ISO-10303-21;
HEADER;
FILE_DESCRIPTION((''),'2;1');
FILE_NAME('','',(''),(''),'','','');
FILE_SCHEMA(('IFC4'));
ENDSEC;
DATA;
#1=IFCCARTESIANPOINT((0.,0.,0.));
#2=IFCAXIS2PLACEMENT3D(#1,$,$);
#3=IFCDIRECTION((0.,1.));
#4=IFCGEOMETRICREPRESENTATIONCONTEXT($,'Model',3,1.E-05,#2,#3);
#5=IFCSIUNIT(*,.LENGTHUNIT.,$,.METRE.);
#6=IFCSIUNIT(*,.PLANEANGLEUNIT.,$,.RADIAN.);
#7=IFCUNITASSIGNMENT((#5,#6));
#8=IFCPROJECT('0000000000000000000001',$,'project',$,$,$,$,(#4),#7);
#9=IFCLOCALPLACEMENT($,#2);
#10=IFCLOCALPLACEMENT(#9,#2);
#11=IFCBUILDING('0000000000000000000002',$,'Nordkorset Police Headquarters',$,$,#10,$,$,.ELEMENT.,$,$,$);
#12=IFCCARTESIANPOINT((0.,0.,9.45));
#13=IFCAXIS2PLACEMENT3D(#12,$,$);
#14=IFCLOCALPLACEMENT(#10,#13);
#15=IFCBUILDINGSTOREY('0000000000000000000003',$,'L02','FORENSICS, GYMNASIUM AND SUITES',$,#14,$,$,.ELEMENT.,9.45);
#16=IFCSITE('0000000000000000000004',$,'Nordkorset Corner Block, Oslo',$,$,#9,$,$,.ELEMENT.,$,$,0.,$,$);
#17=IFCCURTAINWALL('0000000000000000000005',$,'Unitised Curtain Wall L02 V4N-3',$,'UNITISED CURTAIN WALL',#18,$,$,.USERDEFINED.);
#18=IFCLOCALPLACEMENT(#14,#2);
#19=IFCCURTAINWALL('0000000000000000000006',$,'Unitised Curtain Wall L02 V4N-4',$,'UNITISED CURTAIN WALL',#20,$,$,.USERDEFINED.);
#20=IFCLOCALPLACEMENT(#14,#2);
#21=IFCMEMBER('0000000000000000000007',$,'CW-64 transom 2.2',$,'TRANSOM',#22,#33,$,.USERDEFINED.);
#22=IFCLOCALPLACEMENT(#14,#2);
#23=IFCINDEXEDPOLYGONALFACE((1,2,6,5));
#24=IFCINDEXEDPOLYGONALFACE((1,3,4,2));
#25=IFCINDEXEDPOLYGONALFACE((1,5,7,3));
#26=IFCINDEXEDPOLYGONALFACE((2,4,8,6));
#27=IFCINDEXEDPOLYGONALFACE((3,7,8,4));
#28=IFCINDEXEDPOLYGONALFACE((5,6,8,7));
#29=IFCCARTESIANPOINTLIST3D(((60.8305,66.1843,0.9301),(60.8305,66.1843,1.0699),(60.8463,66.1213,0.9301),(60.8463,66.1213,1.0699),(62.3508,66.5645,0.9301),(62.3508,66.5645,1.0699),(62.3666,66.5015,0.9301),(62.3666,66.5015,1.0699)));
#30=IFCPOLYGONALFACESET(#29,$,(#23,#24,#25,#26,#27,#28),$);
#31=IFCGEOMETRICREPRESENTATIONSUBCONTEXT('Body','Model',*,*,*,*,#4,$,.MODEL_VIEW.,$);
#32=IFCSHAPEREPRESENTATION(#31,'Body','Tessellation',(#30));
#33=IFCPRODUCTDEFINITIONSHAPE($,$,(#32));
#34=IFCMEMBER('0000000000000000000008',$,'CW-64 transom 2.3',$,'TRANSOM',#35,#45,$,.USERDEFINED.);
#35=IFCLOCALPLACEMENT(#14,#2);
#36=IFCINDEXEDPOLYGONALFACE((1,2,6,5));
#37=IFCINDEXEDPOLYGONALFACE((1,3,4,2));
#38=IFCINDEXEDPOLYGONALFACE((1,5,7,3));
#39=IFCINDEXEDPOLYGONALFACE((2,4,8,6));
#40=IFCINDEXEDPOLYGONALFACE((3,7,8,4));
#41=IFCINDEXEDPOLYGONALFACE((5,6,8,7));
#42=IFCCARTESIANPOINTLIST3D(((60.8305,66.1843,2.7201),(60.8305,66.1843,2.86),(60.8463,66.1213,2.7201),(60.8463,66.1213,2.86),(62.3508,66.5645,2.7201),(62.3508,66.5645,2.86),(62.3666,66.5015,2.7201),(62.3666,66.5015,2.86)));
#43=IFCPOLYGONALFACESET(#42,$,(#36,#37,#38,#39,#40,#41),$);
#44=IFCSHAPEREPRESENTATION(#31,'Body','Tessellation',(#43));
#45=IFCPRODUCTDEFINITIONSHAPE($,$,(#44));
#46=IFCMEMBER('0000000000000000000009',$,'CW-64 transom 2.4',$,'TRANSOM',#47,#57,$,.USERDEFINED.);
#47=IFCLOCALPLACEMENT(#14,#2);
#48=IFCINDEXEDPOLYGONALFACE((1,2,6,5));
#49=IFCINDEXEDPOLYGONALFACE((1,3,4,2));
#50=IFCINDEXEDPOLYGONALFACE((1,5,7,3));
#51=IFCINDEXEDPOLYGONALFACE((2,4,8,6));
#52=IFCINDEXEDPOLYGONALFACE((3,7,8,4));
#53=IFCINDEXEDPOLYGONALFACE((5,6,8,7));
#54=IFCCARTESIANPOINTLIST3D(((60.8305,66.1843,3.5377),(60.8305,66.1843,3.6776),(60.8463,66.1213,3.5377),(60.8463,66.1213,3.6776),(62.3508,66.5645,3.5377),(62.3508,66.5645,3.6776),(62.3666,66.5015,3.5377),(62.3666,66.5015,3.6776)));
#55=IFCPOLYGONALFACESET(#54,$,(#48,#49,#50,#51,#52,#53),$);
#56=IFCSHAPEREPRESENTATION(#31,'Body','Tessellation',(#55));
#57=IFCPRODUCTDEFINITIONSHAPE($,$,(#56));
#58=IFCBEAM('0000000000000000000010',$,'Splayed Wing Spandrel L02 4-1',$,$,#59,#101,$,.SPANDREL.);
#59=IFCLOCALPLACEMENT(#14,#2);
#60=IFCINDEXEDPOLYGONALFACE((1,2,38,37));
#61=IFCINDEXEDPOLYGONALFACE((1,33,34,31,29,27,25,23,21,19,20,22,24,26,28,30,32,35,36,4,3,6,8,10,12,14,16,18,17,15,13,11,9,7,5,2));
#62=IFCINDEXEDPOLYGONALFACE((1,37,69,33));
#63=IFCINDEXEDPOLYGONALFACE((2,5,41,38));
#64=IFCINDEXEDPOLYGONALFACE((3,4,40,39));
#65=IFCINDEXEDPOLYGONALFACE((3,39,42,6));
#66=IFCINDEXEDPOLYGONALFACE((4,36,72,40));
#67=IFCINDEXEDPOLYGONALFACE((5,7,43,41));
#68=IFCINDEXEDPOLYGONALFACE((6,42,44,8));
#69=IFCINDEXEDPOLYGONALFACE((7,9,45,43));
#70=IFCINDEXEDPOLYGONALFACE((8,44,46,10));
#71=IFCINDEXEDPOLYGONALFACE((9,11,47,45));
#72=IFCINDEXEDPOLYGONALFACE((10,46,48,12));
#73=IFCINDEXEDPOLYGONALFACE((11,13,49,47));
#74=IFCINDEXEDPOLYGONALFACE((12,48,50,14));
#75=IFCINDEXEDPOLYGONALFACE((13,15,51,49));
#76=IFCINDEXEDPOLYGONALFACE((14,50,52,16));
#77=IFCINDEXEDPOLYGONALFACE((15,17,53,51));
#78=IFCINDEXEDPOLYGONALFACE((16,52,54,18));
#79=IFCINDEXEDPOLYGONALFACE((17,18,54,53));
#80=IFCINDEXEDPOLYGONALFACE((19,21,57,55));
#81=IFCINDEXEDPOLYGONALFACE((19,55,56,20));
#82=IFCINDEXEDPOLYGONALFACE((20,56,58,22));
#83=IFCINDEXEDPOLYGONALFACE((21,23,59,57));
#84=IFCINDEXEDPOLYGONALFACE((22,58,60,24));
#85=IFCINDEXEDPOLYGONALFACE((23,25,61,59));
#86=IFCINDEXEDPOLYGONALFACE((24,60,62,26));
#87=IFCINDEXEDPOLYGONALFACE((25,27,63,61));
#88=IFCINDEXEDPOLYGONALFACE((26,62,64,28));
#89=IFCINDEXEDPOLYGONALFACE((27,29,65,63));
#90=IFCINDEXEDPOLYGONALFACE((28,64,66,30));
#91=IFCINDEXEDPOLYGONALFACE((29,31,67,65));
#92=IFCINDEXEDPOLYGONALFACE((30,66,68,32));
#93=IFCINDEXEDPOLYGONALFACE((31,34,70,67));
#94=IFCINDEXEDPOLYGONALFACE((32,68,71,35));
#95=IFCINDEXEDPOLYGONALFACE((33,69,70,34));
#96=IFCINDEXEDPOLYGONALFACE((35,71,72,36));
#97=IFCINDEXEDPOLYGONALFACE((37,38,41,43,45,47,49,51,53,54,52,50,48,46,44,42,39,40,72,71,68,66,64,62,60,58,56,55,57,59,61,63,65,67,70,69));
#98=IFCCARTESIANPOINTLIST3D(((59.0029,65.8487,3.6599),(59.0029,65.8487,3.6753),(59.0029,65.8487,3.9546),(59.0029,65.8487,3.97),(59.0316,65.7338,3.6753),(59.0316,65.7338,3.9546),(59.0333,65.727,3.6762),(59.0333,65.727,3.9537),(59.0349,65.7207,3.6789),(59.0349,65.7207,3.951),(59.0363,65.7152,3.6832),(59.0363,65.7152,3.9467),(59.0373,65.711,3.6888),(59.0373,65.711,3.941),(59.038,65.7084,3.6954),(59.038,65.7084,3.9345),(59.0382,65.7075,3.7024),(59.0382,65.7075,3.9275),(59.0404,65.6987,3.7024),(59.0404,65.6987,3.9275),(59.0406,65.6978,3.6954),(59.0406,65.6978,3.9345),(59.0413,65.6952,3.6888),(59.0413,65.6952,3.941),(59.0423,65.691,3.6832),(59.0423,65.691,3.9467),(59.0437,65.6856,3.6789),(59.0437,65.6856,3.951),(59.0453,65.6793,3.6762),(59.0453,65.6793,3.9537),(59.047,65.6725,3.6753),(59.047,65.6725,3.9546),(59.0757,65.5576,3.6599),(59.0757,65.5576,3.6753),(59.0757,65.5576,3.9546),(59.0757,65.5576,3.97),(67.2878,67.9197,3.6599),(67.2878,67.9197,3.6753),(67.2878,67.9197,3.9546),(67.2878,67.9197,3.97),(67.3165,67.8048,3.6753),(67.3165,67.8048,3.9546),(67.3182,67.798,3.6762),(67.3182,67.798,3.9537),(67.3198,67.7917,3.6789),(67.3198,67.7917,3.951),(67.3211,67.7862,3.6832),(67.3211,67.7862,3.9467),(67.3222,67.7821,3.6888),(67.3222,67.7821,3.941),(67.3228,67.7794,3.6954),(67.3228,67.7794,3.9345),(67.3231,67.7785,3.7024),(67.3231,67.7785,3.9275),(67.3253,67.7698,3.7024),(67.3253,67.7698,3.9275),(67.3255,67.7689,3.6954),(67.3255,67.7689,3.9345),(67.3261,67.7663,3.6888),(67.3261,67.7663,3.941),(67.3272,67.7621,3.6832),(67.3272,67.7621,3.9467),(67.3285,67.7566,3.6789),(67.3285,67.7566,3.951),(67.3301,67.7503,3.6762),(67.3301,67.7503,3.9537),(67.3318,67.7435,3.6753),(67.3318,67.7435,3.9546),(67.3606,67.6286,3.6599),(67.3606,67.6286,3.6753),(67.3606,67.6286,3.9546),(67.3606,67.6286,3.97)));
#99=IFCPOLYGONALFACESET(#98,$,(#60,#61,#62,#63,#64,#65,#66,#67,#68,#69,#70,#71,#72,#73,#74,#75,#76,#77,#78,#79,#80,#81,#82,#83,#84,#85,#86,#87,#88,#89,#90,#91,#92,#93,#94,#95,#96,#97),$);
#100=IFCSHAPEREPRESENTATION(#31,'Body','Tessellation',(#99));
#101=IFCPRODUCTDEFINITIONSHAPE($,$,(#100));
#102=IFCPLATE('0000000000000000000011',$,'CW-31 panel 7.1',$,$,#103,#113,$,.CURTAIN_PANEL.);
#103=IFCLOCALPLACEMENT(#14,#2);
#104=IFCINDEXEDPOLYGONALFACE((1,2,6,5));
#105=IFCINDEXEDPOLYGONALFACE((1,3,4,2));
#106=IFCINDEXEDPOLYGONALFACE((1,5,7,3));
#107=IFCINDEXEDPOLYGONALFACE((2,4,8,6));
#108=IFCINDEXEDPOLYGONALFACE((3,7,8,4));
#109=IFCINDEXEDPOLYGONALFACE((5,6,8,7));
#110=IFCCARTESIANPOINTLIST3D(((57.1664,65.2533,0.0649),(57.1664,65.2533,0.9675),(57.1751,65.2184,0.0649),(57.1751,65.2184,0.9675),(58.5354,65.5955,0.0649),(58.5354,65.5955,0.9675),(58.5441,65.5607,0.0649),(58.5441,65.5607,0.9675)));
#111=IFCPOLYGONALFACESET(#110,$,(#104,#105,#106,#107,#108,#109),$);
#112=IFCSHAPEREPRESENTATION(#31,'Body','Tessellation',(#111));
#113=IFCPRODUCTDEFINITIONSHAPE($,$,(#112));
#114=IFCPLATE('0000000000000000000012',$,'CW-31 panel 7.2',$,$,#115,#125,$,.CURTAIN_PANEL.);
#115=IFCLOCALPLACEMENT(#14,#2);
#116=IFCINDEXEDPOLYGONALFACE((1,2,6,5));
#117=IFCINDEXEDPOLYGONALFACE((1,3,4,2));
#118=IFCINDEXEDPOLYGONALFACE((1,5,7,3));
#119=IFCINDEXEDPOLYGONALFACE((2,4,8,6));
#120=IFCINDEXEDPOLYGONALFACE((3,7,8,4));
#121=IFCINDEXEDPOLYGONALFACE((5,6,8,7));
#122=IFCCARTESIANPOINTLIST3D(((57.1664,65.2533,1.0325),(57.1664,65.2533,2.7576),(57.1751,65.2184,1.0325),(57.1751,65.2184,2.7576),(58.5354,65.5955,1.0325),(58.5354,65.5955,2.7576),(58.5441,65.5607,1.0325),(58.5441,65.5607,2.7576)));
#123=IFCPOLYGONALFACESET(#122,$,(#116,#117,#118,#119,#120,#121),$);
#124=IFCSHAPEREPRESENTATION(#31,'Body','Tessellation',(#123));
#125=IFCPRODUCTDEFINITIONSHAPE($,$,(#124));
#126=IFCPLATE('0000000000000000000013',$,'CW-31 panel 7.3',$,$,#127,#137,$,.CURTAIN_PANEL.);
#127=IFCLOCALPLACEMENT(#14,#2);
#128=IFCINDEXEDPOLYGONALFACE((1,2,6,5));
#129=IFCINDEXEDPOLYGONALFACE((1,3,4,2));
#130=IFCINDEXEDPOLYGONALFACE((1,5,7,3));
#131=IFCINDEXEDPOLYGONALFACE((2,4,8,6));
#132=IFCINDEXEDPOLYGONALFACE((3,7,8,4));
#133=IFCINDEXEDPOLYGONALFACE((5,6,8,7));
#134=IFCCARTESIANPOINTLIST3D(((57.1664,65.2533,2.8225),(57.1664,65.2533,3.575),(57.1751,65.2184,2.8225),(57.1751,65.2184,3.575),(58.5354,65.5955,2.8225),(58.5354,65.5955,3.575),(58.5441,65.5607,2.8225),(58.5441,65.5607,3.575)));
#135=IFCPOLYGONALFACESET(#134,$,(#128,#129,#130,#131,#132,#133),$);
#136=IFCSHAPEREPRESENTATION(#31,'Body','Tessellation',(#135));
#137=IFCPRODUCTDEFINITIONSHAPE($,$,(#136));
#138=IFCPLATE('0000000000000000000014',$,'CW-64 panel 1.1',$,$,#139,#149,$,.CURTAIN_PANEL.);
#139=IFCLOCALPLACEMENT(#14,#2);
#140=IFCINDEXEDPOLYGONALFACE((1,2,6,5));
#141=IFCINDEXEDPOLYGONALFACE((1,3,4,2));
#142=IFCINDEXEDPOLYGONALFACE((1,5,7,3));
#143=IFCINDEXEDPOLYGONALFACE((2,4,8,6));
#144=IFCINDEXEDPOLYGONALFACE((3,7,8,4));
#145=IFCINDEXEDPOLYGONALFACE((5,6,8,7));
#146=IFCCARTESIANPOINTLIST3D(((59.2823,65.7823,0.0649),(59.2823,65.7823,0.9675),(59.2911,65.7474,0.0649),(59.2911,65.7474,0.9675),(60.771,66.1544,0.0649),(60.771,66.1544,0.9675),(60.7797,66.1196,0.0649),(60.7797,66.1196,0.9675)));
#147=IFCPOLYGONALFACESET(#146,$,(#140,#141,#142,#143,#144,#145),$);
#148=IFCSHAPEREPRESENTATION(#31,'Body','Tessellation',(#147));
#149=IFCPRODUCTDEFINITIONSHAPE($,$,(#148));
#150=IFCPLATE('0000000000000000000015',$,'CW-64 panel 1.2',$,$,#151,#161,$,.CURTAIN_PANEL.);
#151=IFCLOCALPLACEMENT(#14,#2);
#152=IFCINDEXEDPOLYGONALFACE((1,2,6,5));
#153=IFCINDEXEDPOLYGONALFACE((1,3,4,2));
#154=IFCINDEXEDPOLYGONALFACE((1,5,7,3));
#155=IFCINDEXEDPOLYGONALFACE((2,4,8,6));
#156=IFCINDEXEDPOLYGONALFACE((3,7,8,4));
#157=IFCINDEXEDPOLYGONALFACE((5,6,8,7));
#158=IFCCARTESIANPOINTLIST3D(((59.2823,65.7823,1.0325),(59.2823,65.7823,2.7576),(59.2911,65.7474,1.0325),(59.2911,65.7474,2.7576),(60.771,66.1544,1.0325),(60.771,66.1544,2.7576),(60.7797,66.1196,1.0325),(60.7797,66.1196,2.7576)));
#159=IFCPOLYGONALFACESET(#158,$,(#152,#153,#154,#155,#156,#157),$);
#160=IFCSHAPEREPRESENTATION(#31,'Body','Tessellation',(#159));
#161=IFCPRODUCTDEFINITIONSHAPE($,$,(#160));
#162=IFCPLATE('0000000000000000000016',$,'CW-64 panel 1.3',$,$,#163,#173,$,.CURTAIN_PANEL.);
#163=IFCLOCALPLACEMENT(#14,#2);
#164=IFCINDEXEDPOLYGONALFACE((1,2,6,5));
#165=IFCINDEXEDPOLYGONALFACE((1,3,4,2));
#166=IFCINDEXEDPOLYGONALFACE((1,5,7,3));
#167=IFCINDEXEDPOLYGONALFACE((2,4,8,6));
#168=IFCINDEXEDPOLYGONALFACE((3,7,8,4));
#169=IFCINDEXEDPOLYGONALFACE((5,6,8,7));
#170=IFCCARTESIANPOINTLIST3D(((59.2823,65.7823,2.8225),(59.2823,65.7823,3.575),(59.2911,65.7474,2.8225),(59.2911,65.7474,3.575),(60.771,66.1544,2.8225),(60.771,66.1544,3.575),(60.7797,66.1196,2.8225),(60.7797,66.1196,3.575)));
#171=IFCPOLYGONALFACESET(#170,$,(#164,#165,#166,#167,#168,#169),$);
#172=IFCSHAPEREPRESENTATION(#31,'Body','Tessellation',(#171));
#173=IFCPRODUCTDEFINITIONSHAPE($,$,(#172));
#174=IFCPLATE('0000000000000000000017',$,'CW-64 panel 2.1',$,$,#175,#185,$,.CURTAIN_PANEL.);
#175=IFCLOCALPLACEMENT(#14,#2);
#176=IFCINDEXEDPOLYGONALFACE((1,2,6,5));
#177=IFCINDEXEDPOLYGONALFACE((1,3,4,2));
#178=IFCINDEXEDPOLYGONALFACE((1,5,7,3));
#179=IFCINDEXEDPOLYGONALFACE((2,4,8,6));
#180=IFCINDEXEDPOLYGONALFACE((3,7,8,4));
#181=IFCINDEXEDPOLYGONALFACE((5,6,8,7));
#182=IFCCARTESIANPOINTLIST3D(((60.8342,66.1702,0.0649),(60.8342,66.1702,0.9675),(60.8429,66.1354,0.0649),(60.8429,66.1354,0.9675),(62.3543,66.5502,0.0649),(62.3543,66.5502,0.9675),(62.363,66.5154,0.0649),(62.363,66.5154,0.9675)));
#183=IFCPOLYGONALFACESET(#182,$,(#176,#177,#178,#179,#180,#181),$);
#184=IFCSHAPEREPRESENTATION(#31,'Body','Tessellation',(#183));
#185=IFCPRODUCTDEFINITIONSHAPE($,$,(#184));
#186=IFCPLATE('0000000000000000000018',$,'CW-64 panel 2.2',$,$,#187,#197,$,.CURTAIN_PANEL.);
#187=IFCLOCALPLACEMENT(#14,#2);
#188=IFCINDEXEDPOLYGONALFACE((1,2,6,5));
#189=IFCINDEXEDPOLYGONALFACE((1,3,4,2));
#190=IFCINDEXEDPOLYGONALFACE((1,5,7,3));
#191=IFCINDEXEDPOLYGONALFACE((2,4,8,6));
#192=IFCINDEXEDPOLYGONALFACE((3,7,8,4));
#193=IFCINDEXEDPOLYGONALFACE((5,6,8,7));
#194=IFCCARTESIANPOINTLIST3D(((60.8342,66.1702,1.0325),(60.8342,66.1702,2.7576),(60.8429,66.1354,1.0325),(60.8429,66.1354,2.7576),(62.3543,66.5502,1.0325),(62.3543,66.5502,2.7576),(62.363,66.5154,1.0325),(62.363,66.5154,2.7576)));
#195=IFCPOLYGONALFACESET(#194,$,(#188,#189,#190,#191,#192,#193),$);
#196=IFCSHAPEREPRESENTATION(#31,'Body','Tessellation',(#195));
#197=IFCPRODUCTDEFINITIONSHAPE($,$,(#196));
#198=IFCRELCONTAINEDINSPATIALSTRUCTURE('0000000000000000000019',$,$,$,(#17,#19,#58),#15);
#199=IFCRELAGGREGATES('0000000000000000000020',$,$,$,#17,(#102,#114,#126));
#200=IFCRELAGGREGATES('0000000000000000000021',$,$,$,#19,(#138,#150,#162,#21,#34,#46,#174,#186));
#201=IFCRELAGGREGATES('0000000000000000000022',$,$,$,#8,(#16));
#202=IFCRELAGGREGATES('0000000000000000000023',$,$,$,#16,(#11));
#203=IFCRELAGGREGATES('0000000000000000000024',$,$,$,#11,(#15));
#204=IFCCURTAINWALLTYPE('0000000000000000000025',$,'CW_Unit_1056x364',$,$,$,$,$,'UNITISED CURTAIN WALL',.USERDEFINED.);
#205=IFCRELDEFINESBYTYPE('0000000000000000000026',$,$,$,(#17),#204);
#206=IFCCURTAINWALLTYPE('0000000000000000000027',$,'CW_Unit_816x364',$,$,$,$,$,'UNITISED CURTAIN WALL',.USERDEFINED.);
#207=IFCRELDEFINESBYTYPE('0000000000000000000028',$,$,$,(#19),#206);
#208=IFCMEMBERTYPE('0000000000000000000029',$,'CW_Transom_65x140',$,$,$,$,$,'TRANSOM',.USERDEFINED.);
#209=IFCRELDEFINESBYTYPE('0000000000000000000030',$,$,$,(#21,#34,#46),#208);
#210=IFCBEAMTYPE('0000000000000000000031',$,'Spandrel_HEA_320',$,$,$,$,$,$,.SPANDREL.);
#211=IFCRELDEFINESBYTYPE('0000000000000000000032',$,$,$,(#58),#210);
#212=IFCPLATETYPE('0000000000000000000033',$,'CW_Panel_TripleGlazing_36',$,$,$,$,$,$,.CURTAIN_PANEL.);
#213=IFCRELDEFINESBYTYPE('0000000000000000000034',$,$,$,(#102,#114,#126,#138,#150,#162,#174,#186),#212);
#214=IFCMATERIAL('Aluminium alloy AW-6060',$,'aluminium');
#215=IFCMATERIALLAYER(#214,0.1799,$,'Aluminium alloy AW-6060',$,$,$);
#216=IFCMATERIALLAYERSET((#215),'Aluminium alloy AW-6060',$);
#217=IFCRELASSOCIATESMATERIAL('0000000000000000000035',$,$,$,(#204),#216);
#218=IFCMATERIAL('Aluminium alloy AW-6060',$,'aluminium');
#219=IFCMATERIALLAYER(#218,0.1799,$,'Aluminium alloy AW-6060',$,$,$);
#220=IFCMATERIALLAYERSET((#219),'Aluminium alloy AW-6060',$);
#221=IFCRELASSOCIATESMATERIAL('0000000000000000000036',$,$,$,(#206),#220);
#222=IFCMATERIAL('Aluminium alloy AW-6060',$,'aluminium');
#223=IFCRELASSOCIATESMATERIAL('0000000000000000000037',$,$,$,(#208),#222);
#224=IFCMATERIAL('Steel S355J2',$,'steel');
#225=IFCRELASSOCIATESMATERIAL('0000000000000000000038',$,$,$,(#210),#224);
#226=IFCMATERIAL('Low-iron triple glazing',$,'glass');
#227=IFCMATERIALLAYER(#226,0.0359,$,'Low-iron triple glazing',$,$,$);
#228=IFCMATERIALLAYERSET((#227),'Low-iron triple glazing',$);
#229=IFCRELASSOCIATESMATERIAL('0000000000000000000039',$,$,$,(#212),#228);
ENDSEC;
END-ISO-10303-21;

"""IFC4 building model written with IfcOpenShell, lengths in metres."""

from ifc_helpers import new_model, si_unit, direction, frame, origin, origin_2d, place, context, subcontext, project, spatial, rectangle, i_section, extrude, material, layer, layer_set, material_profile, profile_set, type_object, element, aggregate, save


model = new_model("IFC4")

# Units and contexts
model_context = context("Model", 3, precision=1e-05, world=origin(), true_north=direction((0.0, 1.0)))
body_context = subcontext(model_context, "Body", "Model", "MODEL_VIEW")
ifc_project = project(units=[si_unit("LENGTHUNIT", "METRE"), si_unit("PLANEANGLEUNIT", "RADIAN")], contexts=[model_context])

# Site, building, storey
site_placement = place(None, origin())
site = spatial("IfcSite", under=ifc_project, at=site_placement, Name="Nordkorset Corner Block, Oslo", CompositionType="ELEMENT", RefElevation=0.0)
building_placement = place(site_placement, origin())
building = spatial("IfcBuilding", under=site, at=building_placement, Name="Nordkorset Police Headquarters", CompositionType="ELEMENT")
storey_placement = place(building_placement, frame((0.0, 0.0, 9.45)))
storey = spatial("IfcBuildingStorey", under=building, at=storey_placement, Name="L02", Description="FORENSICS, GYMNASIUM AND SUITES", CompositionType="ELEMENT", Elevation=9.45)

# Curtain wall
ifc_material_1 = material(Name="Aluminium alloy AW-6060", Category="aluminium")
ifc_layer_1 = layer(ifc_material_1, 0.1799, Name="Aluminium alloy AW-6060")
ifc_layer_set_1 = layer_set([ifc_layer_1], Name="Aluminium alloy AW-6060")
curtain_wall_type_1 = type_object("IfcCurtainWallType", Name="CW_Unit_1056x364", ElementType="UNITISED CURTAIN WALL", PredefinedType="USERDEFINED", material=ifc_layer_set_1)
curtain_wall_1_placement = place(storey_placement, origin())
curtain_wall_1 = element("IfcCurtainWall", 1, at=curtain_wall_1_placement, inside=storey, type_object=curtain_wall_type_1, Name="Unitised Curtain Wall L02 V4N-3", ObjectType="UNITISED CURTAIN WALL", PredefinedType="USERDEFINED")

# Curtain wall
ifc_material_2 = material(Name="Aluminium alloy AW-6060", Category="aluminium")
ifc_layer_2 = layer(ifc_material_2, 0.1799, Name="Aluminium alloy AW-6060")
ifc_layer_set_2 = layer_set([ifc_layer_2], Name="Aluminium alloy AW-6060")
curtain_wall_type_2 = type_object("IfcCurtainWallType", Name="CW_Unit_816x364", ElementType="UNITISED CURTAIN WALL", PredefinedType="USERDEFINED", material=ifc_layer_set_2)
curtain_wall_2_placement = place(storey_placement, origin())
curtain_wall_2 = element("IfcCurtainWall", 2, at=curtain_wall_2_placement, inside=storey, type_object=curtain_wall_type_2, Name="Unitised Curtain Wall L02 V4N-4", ObjectType="UNITISED CURTAIN WALL", PredefinedType="USERDEFINED")

# Members
ifc_material_3 = material(Name="Aluminium alloy AW-6060", Category="aluminium")
ifc_material_profile_1 = material_profile(ifc_material_3, rectangle(XDim=0.0649, YDim=0.1399, at=origin_2d()), Name="ALU TRAN 65x140")
ifc_profile_set_1 = profile_set([ifc_material_profile_1], Name="Aluminium alloy AW-6060")
member_type_1 = type_object("IfcMemberType", Name="CW_Transom_65x140", ElementType="TRANSOM", PredefinedType="USERDEFINED", material=ifc_profile_set_1)
member_1_placement = place(storey_placement, frame((60.8384, 66.1528, 1.0), z_axis=(0.970133, 0.242572, 0.0), x_axis=(-0.242572, 0.970133, 0.0)))
member_1 = element("IfcMember", 3, at=member_1_placement, type_object=member_type_1, Name="CW-64 transom 2.2", ObjectType="TRANSOM", PredefinedType="USERDEFINED", context=body_context, shape_type="SweptSolid", body=[
    extrude(rectangle(XDim=0.0649, YDim=0.1399, at=origin_2d()), origin(), (0.0, 0.0, 1.0), 1.5671),
])
member_2_placement = place(storey_placement, frame((60.8384, 66.1528, 2.79), z_axis=(0.970133, 0.242572, 0.0), x_axis=(-0.242572, 0.970133, 0.0)))
member_2 = element("IfcMember", 4, at=member_2_placement, type_object=member_type_1, Name="CW-64 transom 2.3", ObjectType="TRANSOM", PredefinedType="USERDEFINED", context=body_context, shape_type="SweptSolid", body=[
    extrude(rectangle(XDim=0.0649, YDim=0.1399, at=origin_2d()), origin(), (0.0, 0.0, 1.0), 1.5671),
])
member_3_placement = place(storey_placement, frame((60.8384, 66.1528, 3.6077), z_axis=(0.970133, 0.242572, 0.0), x_axis=(-0.242572, 0.970133, 0.0)))
member_3 = element("IfcMember", 5, at=member_3_placement, type_object=member_type_1, Name="CW-64 transom 2.4", ObjectType="TRANSOM", PredefinedType="USERDEFINED", context=body_context, shape_type="SweptSolid", body=[
    extrude(rectangle(XDim=0.0649, YDim=0.1399, at=origin_2d()), origin(), (0.0, 0.0, 1.0), 1.5671),
])

# Beam
ifc_material_4 = material(Name="Steel S355J2", Category="steel")
ifc_material_profile_2 = material_profile(ifc_material_4, i_section(OverallWidth=0.3, OverallDepth=0.3101, WebThickness=0.009, FlangeThickness=0.0154, FilletRadius=0.0271, at=origin_2d()), Name="HEA 320")
ifc_profile_set_2 = profile_set([ifc_material_profile_2], Name="Steel S355J2")
beam_type = type_object("IfcBeamType", Name="Spandrel_HEA_320", PredefinedType="SPANDREL", material=ifc_profile_set_2)
beam_placement = place(storey_placement, frame((59.0393, 65.7031, 3.8149), z_axis=(0.970148, 0.242515, 0.0), x_axis=(-0.242515, 0.970148, 0.0)))
element("IfcBeam", 6, at=beam_placement, inside=storey, type_object=beam_type, Name="Splayed Wing Spandrel L02 4-1", PredefinedType="SPANDREL", context=body_context, shape_type="SweptSolid", body=[
    extrude(i_section(OverallWidth=0.3, OverallDepth=0.3101, WebThickness=0.009, FlangeThickness=0.0154, FilletRadius=0.0271, at=origin_2d()), origin(), (0.0, 0.0, 1.0), 8.5398),
])

# Plates
ifc_material_5 = material(Name="Low-iron triple glazing", Category="glass")
ifc_layer_3 = layer(ifc_material_5, 0.0359, Name="Low-iron triple glazing")
ifc_layer_set_3 = layer_set([ifc_layer_3], Name="Low-iron triple glazing")
plate_type = type_object("IfcPlateType", Name="CW_Panel_TripleGlazing_36", PredefinedType="CURTAIN_PANEL", material=ifc_layer_set_3)
plate_1_placement = place(storey_placement, frame((57.8552, 65.407, 0.0649), z_axis=(0.0, 0.0, 1.0), x_axis=(0.970142, 0.242536, 0.0)))
plate_1 = element("IfcPlate", 7, at=plate_1_placement, type_object=plate_type, Name="CW-31 panel 7.1", PredefinedType="CURTAIN_PANEL", context=body_context, shape_type="SweptSolid", body=[
    extrude(rectangle(XDim=1.4111, YDim=0.0359, at=origin_2d()), origin(), (0.0, 0.0, 1.0), 0.9026),
])
plate_2_placement = place(storey_placement, frame((57.8552, 65.407, 1.0325), z_axis=(0.0, 0.0, 1.0), x_axis=(0.970142, 0.242536, 0.0)))
plate_2 = element("IfcPlate", 8, at=plate_2_placement, type_object=plate_type, Name="CW-31 panel 7.2", PredefinedType="CURTAIN_PANEL", context=body_context, shape_type="SweptSolid", body=[
    extrude(rectangle(XDim=1.4111, YDim=0.0359, at=origin_2d()), origin(), (0.0, 0.0, 1.0), 1.7251),
])
plate_3_placement = place(storey_placement, frame((57.8552, 65.407, 2.8225), z_axis=(0.0, 0.0, 1.0), x_axis=(0.970142, 0.242536, 0.0)))
plate_3 = element("IfcPlate", 9, at=plate_3_placement, type_object=plate_type, Name="CW-31 panel 7.3", PredefinedType="CURTAIN_PANEL", context=body_context, shape_type="SweptSolid", body=[
    extrude(rectangle(XDim=1.4111, YDim=0.0359, at=origin_2d()), origin(), (0.0, 0.0, 1.0), 0.7524),
])
aggregate(curtain_wall_1, [plate_1, plate_2, plate_3])
plate_4_placement = place(storey_placement, frame((60.031, 65.9509, 0.0649), z_axis=(0.0, 0.0, 1.0), x_axis=(0.970143, 0.242535, 0.0)))
plate_4 = element("IfcPlate", 10, at=plate_4_placement, type_object=plate_type, Name="CW-64 panel 1.1", PredefinedType="CURTAIN_PANEL", context=body_context, shape_type="SweptSolid", body=[
    extrude(rectangle(XDim=1.5344, YDim=0.0359, at=origin_2d()), origin(), (0.0, 0.0, 1.0), 0.9026),
])
plate_5_placement = place(storey_placement, frame((60.031, 65.9509, 1.0325), z_axis=(0.0, 0.0, 1.0), x_axis=(0.970143, 0.242535, 0.0)))
plate_5 = element("IfcPlate", 11, at=plate_5_placement, type_object=plate_type, Name="CW-64 panel 1.2", PredefinedType="CURTAIN_PANEL", context=body_context, shape_type="SweptSolid", body=[
    extrude(rectangle(XDim=1.5344, YDim=0.0359, at=origin_2d()), origin(), (0.0, 0.0, 1.0), 1.7251),
])
plate_6_placement = place(storey_placement, frame((60.031, 65.9509, 2.8225), z_axis=(0.0, 0.0, 1.0), x_axis=(0.970143, 0.242535, 0.0)))
plate_6 = element("IfcPlate", 12, at=plate_6_placement, type_object=plate_type, Name="CW-64 panel 1.3", PredefinedType="CURTAIN_PANEL", context=body_context, shape_type="SweptSolid", body=[
    extrude(rectangle(XDim=1.5344, YDim=0.0359, at=origin_2d()), origin(), (0.0, 0.0, 1.0), 0.7524),
])
plate_7_placement = place(storey_placement, frame((61.5986, 66.3428, 0.0649), z_axis=(0.0, 0.0, 1.0), x_axis=(0.970143, 0.242535, 0.0)))
plate_7 = element("IfcPlate", 13, at=plate_7_placement, type_object=plate_type, Name="CW-64 panel 2.1", PredefinedType="CURTAIN_PANEL", context=body_context, shape_type="SweptSolid", body=[
    extrude(rectangle(XDim=1.5669, YDim=0.0359, at=origin_2d()), origin(), (0.0, 0.0, 1.0), 0.9026),
])
plate_8_placement = place(storey_placement, frame((61.5986, 66.3428, 1.0325), z_axis=(0.0, 0.0, 1.0), x_axis=(0.970143, 0.242535, 0.0)))
plate_8 = element("IfcPlate", 14, at=plate_8_placement, type_object=plate_type, Name="CW-64 panel 2.2", PredefinedType="CURTAIN_PANEL", context=body_context, shape_type="SweptSolid", body=[
    extrude(rectangle(XDim=1.5669, YDim=0.0359, at=origin_2d()), origin(), (0.0, 0.0, 1.0), 1.7251),
])
aggregate(curtain_wall_2, [plate_4, plate_5, plate_6, member_1, member_2, member_3, plate_7, plate_8])

save(model, "model.ifc")
